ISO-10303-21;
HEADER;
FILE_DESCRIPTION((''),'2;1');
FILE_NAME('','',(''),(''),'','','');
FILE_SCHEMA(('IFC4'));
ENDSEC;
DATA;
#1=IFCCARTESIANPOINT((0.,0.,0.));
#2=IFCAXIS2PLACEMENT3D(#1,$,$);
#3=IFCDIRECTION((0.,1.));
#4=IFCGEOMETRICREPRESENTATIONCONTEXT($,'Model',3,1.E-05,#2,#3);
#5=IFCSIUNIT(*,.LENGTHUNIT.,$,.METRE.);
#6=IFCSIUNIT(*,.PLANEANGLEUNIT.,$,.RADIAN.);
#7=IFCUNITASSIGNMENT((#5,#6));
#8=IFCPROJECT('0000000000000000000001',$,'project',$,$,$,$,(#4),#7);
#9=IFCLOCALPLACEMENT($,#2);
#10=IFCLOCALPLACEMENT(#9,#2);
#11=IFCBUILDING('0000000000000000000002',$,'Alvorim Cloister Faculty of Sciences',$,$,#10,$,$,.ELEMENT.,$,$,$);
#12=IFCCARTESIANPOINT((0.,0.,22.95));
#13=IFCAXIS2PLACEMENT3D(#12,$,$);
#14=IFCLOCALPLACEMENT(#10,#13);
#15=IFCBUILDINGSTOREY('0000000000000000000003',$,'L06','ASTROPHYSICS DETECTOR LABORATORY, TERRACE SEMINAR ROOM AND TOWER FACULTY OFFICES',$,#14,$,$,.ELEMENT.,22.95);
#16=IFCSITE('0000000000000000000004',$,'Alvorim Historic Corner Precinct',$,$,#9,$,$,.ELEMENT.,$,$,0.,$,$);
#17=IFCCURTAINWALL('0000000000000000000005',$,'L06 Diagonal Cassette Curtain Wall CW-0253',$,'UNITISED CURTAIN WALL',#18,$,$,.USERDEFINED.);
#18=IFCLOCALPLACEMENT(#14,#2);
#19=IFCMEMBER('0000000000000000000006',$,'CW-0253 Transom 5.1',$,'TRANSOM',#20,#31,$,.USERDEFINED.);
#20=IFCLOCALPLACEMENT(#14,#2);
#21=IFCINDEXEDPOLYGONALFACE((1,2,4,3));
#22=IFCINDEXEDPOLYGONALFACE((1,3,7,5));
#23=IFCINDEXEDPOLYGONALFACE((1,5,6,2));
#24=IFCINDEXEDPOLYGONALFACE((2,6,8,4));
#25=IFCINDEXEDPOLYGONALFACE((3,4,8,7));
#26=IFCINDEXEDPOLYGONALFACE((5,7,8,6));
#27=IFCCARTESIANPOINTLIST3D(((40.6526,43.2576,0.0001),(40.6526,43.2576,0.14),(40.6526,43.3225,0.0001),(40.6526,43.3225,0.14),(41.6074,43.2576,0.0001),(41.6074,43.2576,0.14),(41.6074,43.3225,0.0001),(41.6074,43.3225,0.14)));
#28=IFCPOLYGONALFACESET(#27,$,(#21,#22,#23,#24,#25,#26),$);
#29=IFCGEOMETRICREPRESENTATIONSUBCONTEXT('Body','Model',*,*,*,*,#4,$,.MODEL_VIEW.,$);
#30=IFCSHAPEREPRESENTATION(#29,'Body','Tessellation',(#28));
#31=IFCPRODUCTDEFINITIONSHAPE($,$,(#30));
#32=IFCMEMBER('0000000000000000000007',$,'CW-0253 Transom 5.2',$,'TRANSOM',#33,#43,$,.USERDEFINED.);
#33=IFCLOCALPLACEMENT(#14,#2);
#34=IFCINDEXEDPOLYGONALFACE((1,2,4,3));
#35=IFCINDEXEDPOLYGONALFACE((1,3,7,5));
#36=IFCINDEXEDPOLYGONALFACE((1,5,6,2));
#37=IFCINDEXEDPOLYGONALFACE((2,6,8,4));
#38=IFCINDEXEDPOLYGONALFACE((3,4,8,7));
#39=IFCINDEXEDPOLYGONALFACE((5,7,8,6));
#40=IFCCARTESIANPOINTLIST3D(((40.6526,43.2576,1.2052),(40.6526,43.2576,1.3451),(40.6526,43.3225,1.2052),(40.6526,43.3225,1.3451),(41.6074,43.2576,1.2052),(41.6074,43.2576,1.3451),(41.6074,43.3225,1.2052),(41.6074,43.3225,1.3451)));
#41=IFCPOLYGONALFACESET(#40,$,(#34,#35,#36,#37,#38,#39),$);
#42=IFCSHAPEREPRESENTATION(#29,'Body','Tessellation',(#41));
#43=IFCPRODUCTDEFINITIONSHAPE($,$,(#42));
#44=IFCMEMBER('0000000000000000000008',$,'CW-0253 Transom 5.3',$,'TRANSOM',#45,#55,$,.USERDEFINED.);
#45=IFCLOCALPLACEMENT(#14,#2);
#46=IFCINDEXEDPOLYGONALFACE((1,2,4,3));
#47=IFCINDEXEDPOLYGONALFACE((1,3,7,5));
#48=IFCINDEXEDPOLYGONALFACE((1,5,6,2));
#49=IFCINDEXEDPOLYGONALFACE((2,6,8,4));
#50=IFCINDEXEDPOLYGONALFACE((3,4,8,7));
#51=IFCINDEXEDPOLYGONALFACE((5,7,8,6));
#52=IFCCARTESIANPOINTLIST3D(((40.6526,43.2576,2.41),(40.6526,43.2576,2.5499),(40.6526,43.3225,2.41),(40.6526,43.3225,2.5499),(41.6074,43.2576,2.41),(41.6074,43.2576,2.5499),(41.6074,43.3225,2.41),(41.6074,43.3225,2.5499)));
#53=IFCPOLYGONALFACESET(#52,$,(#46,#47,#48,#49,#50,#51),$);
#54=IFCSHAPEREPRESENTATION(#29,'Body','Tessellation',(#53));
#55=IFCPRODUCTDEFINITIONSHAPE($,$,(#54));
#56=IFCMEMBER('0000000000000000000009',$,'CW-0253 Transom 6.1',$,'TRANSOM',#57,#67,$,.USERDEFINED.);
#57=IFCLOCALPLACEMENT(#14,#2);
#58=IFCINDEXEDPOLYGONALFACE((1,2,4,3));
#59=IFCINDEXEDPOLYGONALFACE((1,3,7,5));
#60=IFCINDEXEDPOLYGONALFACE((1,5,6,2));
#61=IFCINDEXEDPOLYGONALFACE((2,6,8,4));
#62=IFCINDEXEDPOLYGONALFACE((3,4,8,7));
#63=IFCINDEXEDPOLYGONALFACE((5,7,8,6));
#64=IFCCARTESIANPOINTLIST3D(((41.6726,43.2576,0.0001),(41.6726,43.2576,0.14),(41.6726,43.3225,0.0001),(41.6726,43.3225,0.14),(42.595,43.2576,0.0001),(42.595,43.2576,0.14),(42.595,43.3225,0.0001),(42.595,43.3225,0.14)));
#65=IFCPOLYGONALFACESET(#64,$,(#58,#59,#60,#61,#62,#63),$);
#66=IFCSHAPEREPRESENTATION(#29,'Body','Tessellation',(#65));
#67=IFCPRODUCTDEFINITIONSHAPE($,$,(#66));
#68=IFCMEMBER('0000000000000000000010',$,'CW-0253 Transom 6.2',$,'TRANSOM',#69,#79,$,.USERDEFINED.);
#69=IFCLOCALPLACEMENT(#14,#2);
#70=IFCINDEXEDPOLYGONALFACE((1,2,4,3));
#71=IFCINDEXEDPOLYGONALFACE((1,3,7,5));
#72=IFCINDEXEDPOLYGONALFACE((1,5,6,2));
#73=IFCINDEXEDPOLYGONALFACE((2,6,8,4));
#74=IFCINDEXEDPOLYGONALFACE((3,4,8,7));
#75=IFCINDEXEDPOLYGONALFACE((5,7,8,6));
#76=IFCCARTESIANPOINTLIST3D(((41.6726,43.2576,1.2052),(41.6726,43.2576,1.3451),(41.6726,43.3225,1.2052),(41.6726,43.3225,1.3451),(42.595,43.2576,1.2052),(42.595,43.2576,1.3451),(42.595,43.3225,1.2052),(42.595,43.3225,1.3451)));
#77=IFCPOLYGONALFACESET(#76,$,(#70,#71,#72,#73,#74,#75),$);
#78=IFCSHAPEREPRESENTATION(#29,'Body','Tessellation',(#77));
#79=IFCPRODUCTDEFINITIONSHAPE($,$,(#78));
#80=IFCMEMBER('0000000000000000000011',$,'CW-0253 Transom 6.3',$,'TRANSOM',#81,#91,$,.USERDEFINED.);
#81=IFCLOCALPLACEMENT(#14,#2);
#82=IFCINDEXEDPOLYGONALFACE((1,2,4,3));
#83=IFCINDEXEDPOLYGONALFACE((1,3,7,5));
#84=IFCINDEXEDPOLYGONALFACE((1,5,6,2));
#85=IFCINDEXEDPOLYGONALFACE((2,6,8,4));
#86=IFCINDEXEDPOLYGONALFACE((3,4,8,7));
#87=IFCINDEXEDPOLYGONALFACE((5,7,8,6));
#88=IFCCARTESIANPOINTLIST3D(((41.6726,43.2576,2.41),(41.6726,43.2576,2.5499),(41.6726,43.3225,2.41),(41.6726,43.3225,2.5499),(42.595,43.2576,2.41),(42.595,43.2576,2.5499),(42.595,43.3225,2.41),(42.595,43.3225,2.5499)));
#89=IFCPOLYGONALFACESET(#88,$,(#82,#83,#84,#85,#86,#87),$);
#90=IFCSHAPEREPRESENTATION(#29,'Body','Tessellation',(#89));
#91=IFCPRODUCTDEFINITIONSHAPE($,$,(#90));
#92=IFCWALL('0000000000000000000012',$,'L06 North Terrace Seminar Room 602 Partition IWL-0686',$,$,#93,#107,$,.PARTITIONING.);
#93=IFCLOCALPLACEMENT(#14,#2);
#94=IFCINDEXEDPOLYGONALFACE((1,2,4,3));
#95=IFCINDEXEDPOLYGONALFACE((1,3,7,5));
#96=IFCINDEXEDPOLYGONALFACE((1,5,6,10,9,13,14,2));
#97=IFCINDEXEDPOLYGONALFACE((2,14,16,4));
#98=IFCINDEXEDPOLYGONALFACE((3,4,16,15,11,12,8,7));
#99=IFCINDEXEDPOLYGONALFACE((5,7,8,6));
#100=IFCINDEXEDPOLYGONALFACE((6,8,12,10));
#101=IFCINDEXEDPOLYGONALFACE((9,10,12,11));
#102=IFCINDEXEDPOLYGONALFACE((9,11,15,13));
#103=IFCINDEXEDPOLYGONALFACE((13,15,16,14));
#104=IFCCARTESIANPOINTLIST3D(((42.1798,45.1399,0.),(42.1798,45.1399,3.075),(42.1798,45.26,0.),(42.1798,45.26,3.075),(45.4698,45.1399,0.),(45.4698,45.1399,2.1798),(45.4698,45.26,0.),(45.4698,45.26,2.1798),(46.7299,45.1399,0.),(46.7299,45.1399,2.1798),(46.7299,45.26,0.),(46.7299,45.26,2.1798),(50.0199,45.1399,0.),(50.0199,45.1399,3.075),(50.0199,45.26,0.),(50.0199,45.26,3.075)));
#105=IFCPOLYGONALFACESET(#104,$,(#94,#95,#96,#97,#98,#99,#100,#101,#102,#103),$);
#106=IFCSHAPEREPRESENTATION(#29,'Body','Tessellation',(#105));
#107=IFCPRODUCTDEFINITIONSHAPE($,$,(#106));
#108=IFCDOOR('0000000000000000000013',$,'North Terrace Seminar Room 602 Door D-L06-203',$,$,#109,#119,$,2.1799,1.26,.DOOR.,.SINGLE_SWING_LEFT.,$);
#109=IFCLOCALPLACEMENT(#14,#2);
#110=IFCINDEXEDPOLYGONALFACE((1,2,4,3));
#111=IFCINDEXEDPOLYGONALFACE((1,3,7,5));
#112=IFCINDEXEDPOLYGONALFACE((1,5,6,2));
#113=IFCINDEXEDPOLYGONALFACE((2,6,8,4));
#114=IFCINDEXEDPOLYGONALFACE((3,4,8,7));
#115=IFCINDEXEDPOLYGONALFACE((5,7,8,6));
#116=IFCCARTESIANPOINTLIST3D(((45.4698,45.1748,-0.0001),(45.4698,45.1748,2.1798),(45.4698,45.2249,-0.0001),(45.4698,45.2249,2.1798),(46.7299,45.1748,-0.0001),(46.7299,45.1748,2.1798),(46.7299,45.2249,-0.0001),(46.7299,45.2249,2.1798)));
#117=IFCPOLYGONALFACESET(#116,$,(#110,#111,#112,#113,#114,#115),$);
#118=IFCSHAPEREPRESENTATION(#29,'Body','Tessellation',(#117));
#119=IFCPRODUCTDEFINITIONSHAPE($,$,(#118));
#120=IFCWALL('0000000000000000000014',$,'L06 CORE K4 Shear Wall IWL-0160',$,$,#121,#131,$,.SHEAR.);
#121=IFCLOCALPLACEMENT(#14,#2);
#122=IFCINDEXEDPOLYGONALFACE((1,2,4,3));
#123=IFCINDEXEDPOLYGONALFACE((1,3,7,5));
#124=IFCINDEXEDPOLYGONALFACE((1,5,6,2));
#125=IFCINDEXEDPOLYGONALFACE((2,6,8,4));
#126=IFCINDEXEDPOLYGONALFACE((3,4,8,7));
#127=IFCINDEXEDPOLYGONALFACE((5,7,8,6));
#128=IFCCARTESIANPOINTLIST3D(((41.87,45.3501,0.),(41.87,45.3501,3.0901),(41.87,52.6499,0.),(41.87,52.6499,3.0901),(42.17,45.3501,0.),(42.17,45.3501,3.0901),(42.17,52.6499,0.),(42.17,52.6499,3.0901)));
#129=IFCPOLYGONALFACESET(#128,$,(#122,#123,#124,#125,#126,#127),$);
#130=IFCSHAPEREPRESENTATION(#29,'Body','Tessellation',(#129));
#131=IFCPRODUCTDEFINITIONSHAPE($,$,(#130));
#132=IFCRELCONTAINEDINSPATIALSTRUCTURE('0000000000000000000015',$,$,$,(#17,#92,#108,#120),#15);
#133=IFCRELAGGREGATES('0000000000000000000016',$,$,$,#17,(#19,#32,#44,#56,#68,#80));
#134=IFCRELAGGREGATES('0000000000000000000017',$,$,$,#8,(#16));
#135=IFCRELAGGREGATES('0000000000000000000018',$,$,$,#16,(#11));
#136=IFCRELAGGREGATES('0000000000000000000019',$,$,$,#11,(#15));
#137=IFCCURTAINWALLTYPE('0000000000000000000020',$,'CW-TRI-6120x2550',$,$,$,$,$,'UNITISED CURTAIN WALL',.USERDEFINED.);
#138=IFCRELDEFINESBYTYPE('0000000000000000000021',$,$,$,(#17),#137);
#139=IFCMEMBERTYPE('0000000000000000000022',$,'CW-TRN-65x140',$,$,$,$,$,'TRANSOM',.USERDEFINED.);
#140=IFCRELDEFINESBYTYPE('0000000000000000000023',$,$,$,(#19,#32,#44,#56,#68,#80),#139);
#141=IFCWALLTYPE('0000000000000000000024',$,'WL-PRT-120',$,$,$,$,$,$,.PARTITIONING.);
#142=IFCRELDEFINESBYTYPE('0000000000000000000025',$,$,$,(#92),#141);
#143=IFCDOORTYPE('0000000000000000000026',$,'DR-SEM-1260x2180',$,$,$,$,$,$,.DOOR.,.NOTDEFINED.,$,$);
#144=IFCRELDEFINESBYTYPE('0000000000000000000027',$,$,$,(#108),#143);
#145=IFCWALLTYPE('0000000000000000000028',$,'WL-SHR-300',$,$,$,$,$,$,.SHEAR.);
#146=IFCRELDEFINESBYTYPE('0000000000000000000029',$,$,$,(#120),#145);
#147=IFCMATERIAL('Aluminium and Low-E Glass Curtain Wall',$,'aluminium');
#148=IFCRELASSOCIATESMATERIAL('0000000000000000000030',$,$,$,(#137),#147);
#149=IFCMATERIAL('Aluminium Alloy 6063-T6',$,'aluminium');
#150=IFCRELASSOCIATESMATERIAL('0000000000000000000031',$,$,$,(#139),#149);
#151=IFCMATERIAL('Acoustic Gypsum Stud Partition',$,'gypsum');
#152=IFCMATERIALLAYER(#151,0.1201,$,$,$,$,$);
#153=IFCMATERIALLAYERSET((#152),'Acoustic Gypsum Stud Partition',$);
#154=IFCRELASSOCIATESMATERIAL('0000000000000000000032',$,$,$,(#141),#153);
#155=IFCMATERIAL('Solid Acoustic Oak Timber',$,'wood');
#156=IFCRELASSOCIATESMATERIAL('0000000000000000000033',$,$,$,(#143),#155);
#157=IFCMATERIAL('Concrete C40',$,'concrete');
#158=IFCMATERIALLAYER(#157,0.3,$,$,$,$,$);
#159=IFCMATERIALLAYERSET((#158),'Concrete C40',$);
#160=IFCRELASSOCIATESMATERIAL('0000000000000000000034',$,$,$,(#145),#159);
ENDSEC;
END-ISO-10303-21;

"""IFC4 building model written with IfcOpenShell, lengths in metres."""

from ifc_helpers import new_model, si_unit, direction, frame, frame_2d, origin, origin_2d, place, context, subcontext, project, spatial, rectangle, extrude, material, layer, layer_set, material_profile, profile_set, type_object, element, fill, aggregate, save


model = new_model("IFC4")

# Units and contexts
model_context = context("Model", 3, precision=1e-05, world=origin(), true_north=direction((0.0, 1.0)))
body_context = subcontext(model_context, "Body", "Model", "MODEL_VIEW")
ifc_project = project(units=[si_unit("LENGTHUNIT", "METRE"), si_unit("PLANEANGLEUNIT", "RADIAN")], contexts=[model_context])

# Site, building, storey
site_placement = place(None, origin())
site = spatial("IfcSite", under=ifc_project, at=site_placement, Name="Alvorim Historic Corner Precinct", CompositionType="ELEMENT", RefElevation=0.0)
building_placement = place(site_placement, origin())
building = spatial("IfcBuilding", under=site, at=building_placement, Name="Alvorim Cloister Faculty of Sciences", CompositionType="ELEMENT")
storey_placement = place(building_placement, frame((0.0, 0.0, 22.95)))
storey = spatial("IfcBuildingStorey", under=building, at=storey_placement, Name="L06", Description="ASTROPHYSICS DETECTOR LABORATORY, TERRACE SEMINAR ROOM AND TOWER FACULTY OFFICES", CompositionType="ELEMENT", Elevation=22.95)

# Curtain wall
ifc_material_1 = material(Name="Aluminium and Low-E Glass Curtain Wall", Category="aluminium")
curtain_wall_type = type_object("IfcCurtainWallType", Name="CW-TRI-6120x2550", ElementType="UNITISED CURTAIN WALL", PredefinedType="USERDEFINED", material=ifc_material_1)
ifc_material_2 = material(Name="Aluminium Alloy 6063-T6", Category="aluminium")
curtain_wall_1_placement = place(storey_placement, origin())
curtain_wall_1 = element("IfcCurtainWall", 1, at=curtain_wall_1_placement, inside=storey, type_object=curtain_wall_type, Name="L06 Diagonal Cassette Curtain Wall CW-0253", ObjectType="UNITISED CURTAIN WALL", PredefinedType="USERDEFINED")

# Members
ifc_material_profile_1 = material_profile(ifc_material_2, rectangle(XDim=0.0649, YDim=0.1399, at=origin_2d()), Name="ALU-TRN-65x140")
ifc_profile_set_1 = profile_set([ifc_material_profile_1], Name="Aluminium Alloy 6063-T6")
member_type_1 = type_object("IfcMemberType", Name="CW-TRN-65x140", ElementType="TRANSOM", PredefinedType="USERDEFINED", material=ifc_profile_set_1)
member_1_placement = place(storey_placement, frame((40.6526, 43.29, 0.0701), z_axis=(1.0, 0.0, 0.0), x_axis=(0.0, 1.0, 0.0)))
member_1 = element("IfcMember", 2, at=member_1_placement, type_object=member_type_1, Name="CW-0253 Transom 5.1", ObjectType="TRANSOM", PredefinedType="USERDEFINED", context=body_context, shape_type="SweptSolid", body=[
    extrude(rectangle(XDim=0.0649, YDim=0.1399, at=origin_2d()), origin(), (0.0, 0.0, 1.0), 0.9548),
])
member_2_placement = place(storey_placement, frame((40.6526, 43.29, 1.2751), z_axis=(1.0, 0.0, 0.0), x_axis=(0.0, 1.0, 0.0)))
member_2 = element("IfcMember", 3, at=member_2_placement, type_object=member_type_1, Name="CW-0253 Transom 5.2", ObjectType="TRANSOM", PredefinedType="USERDEFINED", context=body_context, shape_type="SweptSolid", body=[
    extrude(rectangle(XDim=0.0649, YDim=0.1399, at=origin_2d()), origin(), (0.0, 0.0, 1.0), 0.9548),
])
member_3_placement = place(storey_placement, frame((40.6526, 43.29, 2.48), z_axis=(1.0, 0.0, 0.0), x_axis=(0.0, 1.0, 0.0)))
member_3 = element("IfcMember", 4, at=member_3_placement, type_object=member_type_1, Name="CW-0253 Transom 5.3", ObjectType="TRANSOM", PredefinedType="USERDEFINED", context=body_context, shape_type="SweptSolid", body=[
    extrude(rectangle(XDim=0.0649, YDim=0.1399, at=origin_2d()), origin(), (0.0, 0.0, 1.0), 0.9548),
])
member_4_placement = place(storey_placement, frame((41.6726, 43.29, 0.0701), z_axis=(1.0, 0.0, 0.0), x_axis=(0.0, 1.0, 0.0)))
member_4 = element("IfcMember", 5, at=member_4_placement, type_object=member_type_1, Name="CW-0253 Transom 6.1", ObjectType="TRANSOM", PredefinedType="USERDEFINED", context=body_context, shape_type="SweptSolid", body=[
    extrude(rectangle(XDim=0.0649, YDim=0.1399, at=origin_2d()), origin(), (0.0, 0.0, 1.0), 0.9224),
])
member_5_placement = place(storey_placement, frame((41.6726, 43.29, 1.2751), z_axis=(1.0, 0.0, 0.0), x_axis=(0.0, 1.0, 0.0)))
member_5 = element("IfcMember", 6, at=member_5_placement, type_object=member_type_1, Name="CW-0253 Transom 6.2", ObjectType="TRANSOM", PredefinedType="USERDEFINED", context=body_context, shape_type="SweptSolid", body=[
    extrude(rectangle(XDim=0.0649, YDim=0.1399, at=origin_2d()), origin(), (0.0, 0.0, 1.0), 0.9224),
])
member_6_placement = place(storey_placement, frame((41.6726, 43.29, 2.48), z_axis=(1.0, 0.0, 0.0), x_axis=(0.0, 1.0, 0.0)))
member_6 = element("IfcMember", 7, at=member_6_placement, type_object=member_type_1, Name="CW-0253 Transom 6.3", ObjectType="TRANSOM", PredefinedType="USERDEFINED", context=body_context, shape_type="SweptSolid", body=[
    extrude(rectangle(XDim=0.0649, YDim=0.1399, at=origin_2d()), origin(), (0.0, 0.0, 1.0), 0.9224),
])
aggregate(curtain_wall_1, [member_1, member_2, member_3, member_4, member_5, member_6])

# Wall, opening, door
ifc_material_3 = material(Name="Acoustic Gypsum Stud Partition", Category="gypsum")
ifc_layer_1 = layer(ifc_material_3, 0.1201)
ifc_layer_set_1 = layer_set([ifc_layer_1], Name="Acoustic Gypsum Stud Partition")
wall_type_1 = type_object("IfcWallType", Name="WL-PRT-120", PredefinedType="PARTITIONING", material=ifc_layer_set_1)
wall_1_placement = place(storey_placement, frame((42.1799, 45.2, 0.0), z_axis=(0.0, 0.0, 1.0), x_axis=(1.0, 0.0, 0.0)))
wall_1 = element("IfcWall", 8, at=wall_1_placement, inside=storey, type_object=wall_type_1, Name="L06 North Terrace Seminar Room 602 Partition IWL-0686", PredefinedType="PARTITIONING", context=body_context, shape_type="SweptSolid", body=[
    extrude(rectangle(XDim=7.8401, YDim=0.1201, at=frame_2d((3.9199, 0.0))), origin(), (0.0, 0.0, 1.0), 3.075),
])
opening_placement = place(wall_1_placement, frame((3.29, 0.0, 0.0)))
opening = element("IfcOpeningElement", 9, at=opening_placement, cuts=wall_1, PredefinedType="OPENING", context=body_context, shape_type="SweptSolid", body=[
    extrude(rectangle(XDim=1.26, YDim=2.1799, at=frame_2d((0.6299, 1.0898))), frame((0.0, 0.072, 0.0), z_axis=(0.0, -1.0, 0.0), x_axis=(1.0, 0.0, 0.0)), (0.0, 0.0, 1.0), 0.144),
])
ifc_material_4 = material(Name="Solid Acoustic Oak Timber", Category="wood")
door_type = type_object("IfcDoorType", Name="DR-SEM-1260x2180", OperationType="NOTDEFINED", PredefinedType="DOOR", material=ifc_material_4)
door_placement = place(opening_placement, origin())
door = element("IfcDoor", 10, at=door_placement, inside=storey, type_object=door_type, Name="North Terrace Seminar Room 602 Door D-L06-203", OperationType="SINGLE_SWING_LEFT", OverallHeight=2.1799, OverallWidth=1.26, PredefinedType="DOOR", context=body_context, shape_type="SweptSolid", body=[
    extrude(rectangle(XDim=1.26, YDim=2.1799, at=frame_2d((0.6299, 1.0898))), frame((0.0, 0.0249, 0.0), z_axis=(0.0, -1.0, 0.0), x_axis=(1.0, 0.0, 0.0)), (0.0, 0.0, 1.0), 0.05),
])
fill(opening, door)

# Wall
ifc_material_5 = material(Name="Concrete C40", Category="concrete")
ifc_layer_2 = layer(ifc_material_5, 0.3)
ifc_layer_set_2 = layer_set([ifc_layer_2], Name="Concrete C40")
wall_type_2 = type_object("IfcWallType", Name="WL-SHR-300", PredefinedType="SHEAR", material=ifc_layer_set_2)
wall_2_placement = place(storey_placement, frame((42.02, 45.3501, 0.0), z_axis=(0.0, 0.0, 1.0), x_axis=(0.0, 1.0, 0.0)))
element("IfcWall", 11, at=wall_2_placement, inside=storey, type_object=wall_type_2, Name="L06 CORE K4 Shear Wall IWL-0160", PredefinedType="SHEAR", context=body_context, shape_type="SweptSolid", body=[
    extrude(rectangle(XDim=7.2998, YDim=0.3, at=frame_2d((3.6499, 0.0))), origin(), (0.0, 0.0, 1.0), 3.0901),
])

save(model, "model.ifc")
